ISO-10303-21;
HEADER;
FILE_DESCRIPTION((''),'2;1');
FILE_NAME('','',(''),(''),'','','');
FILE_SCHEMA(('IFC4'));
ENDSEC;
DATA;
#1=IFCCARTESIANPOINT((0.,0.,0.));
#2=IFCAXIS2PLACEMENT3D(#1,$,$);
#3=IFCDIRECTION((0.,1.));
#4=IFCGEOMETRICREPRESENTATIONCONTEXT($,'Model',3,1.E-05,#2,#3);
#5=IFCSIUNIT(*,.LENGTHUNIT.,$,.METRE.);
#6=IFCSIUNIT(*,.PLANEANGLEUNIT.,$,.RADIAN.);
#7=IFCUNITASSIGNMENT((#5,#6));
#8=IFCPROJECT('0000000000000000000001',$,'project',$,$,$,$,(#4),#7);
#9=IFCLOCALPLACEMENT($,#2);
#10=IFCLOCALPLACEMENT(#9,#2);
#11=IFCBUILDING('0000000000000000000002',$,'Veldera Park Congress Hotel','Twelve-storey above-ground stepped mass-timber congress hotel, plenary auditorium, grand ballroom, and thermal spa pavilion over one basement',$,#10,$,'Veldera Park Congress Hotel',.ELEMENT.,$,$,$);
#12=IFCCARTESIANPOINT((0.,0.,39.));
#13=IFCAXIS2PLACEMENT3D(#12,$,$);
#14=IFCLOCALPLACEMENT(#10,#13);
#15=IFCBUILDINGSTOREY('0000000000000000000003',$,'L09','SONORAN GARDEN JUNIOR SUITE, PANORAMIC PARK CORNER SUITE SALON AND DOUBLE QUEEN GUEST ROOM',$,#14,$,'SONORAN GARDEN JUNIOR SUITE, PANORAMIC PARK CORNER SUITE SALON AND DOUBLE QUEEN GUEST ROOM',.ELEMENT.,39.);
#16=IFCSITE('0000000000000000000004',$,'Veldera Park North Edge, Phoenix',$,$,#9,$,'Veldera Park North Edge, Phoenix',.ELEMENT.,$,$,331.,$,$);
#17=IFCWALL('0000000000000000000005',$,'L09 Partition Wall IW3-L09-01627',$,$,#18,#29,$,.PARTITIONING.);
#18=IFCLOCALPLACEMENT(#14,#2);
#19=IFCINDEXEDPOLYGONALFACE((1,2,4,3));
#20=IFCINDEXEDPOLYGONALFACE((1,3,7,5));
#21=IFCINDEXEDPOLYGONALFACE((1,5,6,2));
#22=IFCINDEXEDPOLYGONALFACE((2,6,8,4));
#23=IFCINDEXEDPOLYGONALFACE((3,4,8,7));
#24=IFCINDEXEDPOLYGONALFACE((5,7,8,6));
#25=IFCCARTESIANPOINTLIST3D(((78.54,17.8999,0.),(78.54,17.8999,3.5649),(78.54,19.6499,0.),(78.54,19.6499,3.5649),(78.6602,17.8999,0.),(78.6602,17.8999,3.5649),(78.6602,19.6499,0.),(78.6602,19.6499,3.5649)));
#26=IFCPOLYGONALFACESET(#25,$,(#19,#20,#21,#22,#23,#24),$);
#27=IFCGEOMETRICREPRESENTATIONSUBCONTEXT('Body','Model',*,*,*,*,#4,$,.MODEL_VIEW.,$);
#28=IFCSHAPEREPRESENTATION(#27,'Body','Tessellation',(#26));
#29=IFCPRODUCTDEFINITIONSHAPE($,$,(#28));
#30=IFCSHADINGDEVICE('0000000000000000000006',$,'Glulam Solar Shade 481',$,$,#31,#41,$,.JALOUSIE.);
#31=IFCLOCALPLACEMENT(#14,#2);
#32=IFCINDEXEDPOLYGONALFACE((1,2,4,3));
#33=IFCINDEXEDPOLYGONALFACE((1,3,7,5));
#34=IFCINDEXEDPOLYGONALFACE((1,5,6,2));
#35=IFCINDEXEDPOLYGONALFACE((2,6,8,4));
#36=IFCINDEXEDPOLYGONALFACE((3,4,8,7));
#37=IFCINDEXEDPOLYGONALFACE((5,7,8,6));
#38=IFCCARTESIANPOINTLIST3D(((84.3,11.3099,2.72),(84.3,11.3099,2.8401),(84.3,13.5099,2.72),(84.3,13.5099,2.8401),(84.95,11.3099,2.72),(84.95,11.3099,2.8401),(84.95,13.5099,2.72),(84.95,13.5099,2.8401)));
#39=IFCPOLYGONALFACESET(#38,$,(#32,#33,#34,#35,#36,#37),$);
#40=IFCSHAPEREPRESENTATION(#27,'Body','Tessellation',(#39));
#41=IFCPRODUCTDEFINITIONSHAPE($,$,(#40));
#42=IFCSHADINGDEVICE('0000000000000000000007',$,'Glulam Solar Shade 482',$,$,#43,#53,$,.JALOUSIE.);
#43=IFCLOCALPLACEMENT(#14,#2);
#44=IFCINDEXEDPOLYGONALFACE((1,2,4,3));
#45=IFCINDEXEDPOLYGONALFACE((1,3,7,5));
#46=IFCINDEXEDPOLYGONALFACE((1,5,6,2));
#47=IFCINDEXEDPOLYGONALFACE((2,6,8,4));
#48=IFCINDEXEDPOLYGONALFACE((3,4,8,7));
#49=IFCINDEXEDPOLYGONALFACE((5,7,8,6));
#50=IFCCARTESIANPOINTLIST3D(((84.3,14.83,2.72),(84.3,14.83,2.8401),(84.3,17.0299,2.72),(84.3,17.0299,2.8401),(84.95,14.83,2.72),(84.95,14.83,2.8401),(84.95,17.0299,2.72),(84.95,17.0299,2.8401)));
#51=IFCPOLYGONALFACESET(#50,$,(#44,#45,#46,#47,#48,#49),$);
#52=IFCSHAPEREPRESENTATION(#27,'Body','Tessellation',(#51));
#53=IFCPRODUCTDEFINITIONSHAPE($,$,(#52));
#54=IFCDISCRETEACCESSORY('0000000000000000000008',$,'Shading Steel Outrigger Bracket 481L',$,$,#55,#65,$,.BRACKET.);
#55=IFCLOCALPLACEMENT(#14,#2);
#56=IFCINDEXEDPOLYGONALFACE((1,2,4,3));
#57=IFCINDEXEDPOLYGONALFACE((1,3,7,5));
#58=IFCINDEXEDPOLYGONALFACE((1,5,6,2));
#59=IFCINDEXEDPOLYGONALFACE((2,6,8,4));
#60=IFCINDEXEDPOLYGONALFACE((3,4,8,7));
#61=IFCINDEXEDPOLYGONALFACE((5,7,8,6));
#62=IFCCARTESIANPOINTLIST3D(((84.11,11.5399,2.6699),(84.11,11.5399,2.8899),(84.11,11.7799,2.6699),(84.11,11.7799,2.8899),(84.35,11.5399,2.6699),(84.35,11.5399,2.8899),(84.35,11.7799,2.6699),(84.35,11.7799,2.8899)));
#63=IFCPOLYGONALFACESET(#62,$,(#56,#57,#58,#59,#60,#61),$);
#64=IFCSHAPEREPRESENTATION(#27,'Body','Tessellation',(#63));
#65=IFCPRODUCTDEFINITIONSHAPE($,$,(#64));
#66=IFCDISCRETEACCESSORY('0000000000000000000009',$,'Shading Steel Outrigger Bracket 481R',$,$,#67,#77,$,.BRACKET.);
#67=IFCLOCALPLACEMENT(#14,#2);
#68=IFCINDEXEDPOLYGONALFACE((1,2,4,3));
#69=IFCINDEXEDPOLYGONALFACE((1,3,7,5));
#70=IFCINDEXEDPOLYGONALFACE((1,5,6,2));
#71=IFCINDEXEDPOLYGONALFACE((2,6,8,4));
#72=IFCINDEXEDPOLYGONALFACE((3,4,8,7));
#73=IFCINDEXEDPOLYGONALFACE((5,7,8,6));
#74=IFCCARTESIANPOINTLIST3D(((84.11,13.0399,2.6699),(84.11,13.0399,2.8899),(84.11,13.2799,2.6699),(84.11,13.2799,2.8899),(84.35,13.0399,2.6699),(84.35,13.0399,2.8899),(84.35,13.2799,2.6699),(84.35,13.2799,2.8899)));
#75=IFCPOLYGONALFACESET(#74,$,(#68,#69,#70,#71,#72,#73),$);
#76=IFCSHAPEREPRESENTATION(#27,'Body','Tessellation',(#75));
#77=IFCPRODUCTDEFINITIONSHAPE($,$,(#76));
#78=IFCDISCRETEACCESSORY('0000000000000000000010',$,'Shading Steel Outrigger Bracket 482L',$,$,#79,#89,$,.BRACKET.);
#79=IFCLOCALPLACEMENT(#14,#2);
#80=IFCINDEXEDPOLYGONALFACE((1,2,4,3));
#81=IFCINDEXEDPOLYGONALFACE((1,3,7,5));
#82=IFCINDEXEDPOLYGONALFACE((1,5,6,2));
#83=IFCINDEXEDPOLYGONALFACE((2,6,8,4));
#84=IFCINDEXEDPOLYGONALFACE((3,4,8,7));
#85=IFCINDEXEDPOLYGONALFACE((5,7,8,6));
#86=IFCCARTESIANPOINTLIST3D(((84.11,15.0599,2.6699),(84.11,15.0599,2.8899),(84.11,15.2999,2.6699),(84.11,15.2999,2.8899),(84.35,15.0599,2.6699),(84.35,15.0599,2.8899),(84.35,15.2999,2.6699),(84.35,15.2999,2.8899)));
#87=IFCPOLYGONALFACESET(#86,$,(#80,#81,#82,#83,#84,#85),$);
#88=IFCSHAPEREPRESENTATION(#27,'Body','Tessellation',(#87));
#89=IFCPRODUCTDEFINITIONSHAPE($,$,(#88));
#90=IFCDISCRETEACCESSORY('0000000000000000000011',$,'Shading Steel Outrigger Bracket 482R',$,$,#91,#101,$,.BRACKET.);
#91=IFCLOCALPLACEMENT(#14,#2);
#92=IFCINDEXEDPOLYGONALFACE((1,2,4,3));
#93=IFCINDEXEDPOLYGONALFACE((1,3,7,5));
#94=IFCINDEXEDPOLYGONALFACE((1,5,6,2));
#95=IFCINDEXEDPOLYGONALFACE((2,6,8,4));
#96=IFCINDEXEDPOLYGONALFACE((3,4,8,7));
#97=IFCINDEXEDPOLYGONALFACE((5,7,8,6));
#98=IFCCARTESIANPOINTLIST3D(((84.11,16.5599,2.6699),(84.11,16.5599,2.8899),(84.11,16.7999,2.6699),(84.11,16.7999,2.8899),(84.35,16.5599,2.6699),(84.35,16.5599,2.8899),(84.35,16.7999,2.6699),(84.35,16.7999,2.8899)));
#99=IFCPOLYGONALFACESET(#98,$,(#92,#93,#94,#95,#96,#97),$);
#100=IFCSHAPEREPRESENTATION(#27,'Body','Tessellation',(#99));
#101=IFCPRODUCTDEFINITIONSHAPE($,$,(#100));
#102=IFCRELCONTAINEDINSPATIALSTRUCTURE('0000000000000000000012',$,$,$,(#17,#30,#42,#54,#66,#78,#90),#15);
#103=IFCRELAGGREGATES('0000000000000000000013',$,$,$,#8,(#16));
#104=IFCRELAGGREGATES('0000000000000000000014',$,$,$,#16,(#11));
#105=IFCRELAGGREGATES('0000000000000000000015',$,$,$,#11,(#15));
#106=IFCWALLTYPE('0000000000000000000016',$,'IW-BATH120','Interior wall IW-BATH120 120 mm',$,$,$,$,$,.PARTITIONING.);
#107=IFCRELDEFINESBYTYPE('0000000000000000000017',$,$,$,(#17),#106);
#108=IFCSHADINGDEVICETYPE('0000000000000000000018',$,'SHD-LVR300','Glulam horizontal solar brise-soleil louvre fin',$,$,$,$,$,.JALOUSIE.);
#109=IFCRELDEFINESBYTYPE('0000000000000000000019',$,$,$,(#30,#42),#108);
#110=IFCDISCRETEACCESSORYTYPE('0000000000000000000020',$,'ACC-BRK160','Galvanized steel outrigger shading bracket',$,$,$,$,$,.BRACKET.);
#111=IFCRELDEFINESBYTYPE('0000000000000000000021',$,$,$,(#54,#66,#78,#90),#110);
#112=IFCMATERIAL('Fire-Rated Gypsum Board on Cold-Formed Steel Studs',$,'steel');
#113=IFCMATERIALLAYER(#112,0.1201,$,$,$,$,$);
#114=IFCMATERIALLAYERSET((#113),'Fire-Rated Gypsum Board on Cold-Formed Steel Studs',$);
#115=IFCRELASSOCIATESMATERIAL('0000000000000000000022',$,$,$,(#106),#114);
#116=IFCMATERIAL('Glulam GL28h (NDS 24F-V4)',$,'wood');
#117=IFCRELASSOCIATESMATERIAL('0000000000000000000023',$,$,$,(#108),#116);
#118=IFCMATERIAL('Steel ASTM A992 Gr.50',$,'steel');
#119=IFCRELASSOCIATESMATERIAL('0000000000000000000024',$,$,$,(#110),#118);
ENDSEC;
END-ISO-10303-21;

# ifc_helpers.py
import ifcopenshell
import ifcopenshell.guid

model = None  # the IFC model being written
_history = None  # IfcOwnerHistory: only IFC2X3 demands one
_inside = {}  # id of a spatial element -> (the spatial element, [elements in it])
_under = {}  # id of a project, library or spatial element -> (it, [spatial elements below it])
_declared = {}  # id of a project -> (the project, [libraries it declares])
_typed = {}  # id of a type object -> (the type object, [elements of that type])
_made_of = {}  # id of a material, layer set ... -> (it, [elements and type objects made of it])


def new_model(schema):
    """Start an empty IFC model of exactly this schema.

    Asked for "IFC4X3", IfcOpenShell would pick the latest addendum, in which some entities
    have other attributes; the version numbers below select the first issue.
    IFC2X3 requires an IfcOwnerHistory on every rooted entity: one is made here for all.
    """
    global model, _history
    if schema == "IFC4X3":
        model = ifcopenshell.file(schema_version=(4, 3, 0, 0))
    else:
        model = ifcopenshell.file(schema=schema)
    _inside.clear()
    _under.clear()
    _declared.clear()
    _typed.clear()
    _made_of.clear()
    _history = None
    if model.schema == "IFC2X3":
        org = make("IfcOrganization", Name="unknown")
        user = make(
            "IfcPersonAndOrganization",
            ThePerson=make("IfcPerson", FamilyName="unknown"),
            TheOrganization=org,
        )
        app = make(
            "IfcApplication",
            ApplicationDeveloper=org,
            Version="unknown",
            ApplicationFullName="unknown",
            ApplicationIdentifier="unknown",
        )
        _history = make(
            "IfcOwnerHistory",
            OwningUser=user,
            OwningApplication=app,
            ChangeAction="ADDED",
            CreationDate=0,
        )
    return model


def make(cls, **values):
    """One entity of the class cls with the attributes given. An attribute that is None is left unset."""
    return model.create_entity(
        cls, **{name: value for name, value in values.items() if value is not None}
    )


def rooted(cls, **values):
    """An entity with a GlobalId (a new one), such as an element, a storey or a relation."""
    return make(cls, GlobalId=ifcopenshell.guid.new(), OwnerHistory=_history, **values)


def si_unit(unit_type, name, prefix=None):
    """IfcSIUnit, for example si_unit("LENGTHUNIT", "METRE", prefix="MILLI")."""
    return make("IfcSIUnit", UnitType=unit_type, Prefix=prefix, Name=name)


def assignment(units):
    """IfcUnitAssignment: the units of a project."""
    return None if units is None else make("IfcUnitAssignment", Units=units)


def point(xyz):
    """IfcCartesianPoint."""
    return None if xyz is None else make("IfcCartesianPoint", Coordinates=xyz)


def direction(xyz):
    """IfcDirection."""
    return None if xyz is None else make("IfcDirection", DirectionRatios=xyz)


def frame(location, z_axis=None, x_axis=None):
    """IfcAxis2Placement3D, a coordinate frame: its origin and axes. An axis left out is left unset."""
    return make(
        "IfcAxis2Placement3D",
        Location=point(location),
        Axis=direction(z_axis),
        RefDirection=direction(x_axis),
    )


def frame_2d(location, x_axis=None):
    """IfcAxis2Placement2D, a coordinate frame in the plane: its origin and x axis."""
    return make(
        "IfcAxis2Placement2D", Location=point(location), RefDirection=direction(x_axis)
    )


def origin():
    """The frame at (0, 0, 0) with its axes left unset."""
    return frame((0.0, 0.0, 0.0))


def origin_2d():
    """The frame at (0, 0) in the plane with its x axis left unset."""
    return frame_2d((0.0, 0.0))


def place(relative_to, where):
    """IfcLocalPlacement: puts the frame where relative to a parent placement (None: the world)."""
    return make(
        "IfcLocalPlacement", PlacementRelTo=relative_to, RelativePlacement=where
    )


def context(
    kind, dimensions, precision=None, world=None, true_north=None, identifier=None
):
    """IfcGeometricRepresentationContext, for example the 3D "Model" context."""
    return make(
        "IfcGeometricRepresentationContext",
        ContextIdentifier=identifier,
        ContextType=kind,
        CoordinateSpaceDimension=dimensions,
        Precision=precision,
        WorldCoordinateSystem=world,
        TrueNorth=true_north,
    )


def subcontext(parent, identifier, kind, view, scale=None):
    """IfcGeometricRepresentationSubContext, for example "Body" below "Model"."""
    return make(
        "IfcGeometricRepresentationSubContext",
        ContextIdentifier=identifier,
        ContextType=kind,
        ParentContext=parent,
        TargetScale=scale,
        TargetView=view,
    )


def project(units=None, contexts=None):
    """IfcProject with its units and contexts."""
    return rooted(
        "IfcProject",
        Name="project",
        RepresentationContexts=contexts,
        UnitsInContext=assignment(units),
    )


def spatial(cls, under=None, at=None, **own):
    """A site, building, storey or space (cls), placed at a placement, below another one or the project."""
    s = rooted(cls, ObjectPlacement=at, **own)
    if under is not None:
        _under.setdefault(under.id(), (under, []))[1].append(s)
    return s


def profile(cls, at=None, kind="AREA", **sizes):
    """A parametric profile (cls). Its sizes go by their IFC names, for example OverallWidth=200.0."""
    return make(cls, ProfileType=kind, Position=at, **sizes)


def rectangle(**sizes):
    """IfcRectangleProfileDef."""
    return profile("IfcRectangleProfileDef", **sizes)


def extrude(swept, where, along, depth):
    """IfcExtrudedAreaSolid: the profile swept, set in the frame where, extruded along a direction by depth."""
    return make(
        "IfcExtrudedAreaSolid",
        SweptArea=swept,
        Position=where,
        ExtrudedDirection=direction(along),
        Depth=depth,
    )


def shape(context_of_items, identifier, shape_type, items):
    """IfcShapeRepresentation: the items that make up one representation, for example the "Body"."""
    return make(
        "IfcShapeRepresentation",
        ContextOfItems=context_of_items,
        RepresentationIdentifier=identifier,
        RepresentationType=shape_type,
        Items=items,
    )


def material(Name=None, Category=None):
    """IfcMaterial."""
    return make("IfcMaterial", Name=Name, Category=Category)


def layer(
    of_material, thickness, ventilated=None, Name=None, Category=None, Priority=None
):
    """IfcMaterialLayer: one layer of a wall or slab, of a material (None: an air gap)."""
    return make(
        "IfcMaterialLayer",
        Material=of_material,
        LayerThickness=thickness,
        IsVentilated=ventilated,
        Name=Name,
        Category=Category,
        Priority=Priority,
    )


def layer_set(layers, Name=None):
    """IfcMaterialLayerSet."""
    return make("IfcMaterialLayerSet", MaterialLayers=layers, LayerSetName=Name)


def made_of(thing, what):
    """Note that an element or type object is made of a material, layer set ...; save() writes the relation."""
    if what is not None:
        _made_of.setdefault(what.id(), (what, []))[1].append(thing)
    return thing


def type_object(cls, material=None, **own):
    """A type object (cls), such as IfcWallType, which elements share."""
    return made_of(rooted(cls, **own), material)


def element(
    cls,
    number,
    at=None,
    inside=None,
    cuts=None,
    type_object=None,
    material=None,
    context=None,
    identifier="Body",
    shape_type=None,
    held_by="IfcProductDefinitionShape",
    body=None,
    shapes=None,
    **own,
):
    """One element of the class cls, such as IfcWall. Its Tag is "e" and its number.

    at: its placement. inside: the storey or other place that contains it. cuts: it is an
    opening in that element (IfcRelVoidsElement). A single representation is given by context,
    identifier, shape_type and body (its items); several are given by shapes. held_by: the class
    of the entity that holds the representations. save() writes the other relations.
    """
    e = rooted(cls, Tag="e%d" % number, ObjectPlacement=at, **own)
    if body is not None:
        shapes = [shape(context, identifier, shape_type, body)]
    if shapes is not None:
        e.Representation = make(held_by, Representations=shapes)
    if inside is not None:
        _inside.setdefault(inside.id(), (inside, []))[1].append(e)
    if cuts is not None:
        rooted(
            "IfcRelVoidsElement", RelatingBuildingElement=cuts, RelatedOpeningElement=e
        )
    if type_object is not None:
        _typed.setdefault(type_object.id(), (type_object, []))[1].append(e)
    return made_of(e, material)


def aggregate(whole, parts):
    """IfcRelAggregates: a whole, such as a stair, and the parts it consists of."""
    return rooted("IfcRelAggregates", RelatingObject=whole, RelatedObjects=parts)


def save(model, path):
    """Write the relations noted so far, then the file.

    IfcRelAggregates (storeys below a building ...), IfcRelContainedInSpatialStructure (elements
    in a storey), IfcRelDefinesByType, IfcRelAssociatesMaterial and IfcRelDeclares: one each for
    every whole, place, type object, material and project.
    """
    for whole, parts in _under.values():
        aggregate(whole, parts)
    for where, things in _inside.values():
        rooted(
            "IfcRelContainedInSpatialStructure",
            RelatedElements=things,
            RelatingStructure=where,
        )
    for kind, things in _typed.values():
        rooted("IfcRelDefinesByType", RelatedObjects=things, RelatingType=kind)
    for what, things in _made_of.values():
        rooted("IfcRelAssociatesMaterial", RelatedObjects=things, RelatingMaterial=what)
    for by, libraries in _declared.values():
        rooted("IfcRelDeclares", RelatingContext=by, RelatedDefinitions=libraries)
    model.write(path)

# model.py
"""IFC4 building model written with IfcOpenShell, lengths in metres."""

from ifc_helpers import new_model, si_unit, direction, frame, frame_2d, origin, origin_2d, place, context, subcontext, project, spatial, rectangle, extrude, material, layer, layer_set, type_object, element, save


model = new_model("IFC4")

# Units and contexts
model_context = context("Model", 3, precision=1e-05, world=origin(), true_north=direction((0.0, 1.0)))
body_context = subcontext(model_context, "Body", "Model", "MODEL_VIEW")
ifc_project = project(units=[si_unit("LENGTHUNIT", "METRE"), si_unit("PLANEANGLEUNIT", "RADIAN")], contexts=[model_context])

# Site, building, storey
site_placement = place(None, origin())
site = spatial("IfcSite", under=ifc_project, at=site_placement, Name="Veldera Park North Edge, Phoenix", LongName="Veldera Park North Edge, Phoenix", CompositionType="ELEMENT", RefElevation=331.0)
building_placement = place(site_placement, origin())
building = spatial("IfcBuilding", under=site, at=building_placement, Name="Veldera Park Congress Hotel", Description="Twelve-storey above-ground stepped mass-timber congress hotel, plenary auditorium, grand ballroom, and thermal spa pavilion over one basement", LongName="Veldera Park Congress Hotel", CompositionType="ELEMENT")
storey_placement = place(building_placement, frame((0.0, 0.0, 39.0)))
storey = spatial("IfcBuildingStorey", under=building, at=storey_placement, Name="L09", Description="SONORAN GARDEN JUNIOR SUITE, PANORAMIC PARK CORNER SUITE SALON AND DOUBLE QUEEN GUEST ROOM", LongName="SONORAN GARDEN JUNIOR SUITE, PANORAMIC PARK CORNER SUITE SALON AND DOUBLE QUEEN GUEST ROOM", CompositionType="ELEMENT", Elevation=39.0)

# Shared definitions
ifc_material_1 = material(Name="Glulam GL28h (NDS 24F-V4)", Category="wood")

# Wall
ifc_material_2 = material(Name="Fire-Rated Gypsum Board on Cold-Formed Steel Studs", Category="steel")
ifc_layer_1 = layer(ifc_material_2, 0.1201)
ifc_layer_set_1 = layer_set([ifc_layer_1], Name="Fire-Rated Gypsum Board on Cold-Formed Steel Studs")
wall_type_1 = type_object("IfcWallType", Name="IW-BATH120", Description="Interior wall IW-BATH120 120 mm", PredefinedType="PARTITIONING", material=ifc_layer_set_1)
wall_1_placement = place(storey_placement, frame((78.6001, 17.8999, 0.0), z_axis=(0.0, 0.0, 1.0), x_axis=(0.0, 1.0, 0.0)))
element("IfcWall", 1, at=wall_1_placement, inside=storey, type_object=wall_type_1, Name="L09 Partition Wall IW3-L09-01627", PredefinedType="PARTITIONING", context=body_context, shape_type="SweptSolid", body=[
    extrude(rectangle(XDim=1.75, YDim=0.1201, at=frame_2d((0.875, 0.0))), origin(), (0.0, 0.0, 1.0), 3.5649),
])

# Shading devices
shading_device_type = type_object("IfcShadingDeviceType", Name="SHD-LVR300", Description="Glulam horizontal solar brise-soleil louvre fin", PredefinedType="JALOUSIE", material=ifc_material_1)
for number, where, z_axis, x_axis, name in (
    (2, (84.625, 12.4099, 2.72), (0.0, 0.0, 1.0), (0.0, 1.0, 0.0), "Glulam Solar Shade 481"),
    (3, (84.625, 15.9299, 2.72), (0.0, 0.0, 1.0), (0.0, 1.0, 0.0), "Glulam Solar Shade 482"),
):
    element("IfcShadingDevice", number, at=place(storey_placement, frame(where, z_axis=z_axis, x_axis=x_axis)), inside=storey, type_object=shading_device_type, Name=name, PredefinedType="JALOUSIE", context=body_context, shape_type="SweptSolid", body=[
        extrude(rectangle(XDim=2.2, YDim=0.6499, at=origin_2d()), origin(), (0.0, 0.0, 1.0), 0.1201),
    ])

# Discrete accessories
ifc_material_3 = material(Name="Steel ASTM A992 Gr.50", Category="steel")
discrete_accessory_type = type_object("IfcDiscreteAccessoryType", Name="ACC-BRK160", Description="Galvanized steel outrigger shading bracket", PredefinedType="BRACKET", material=ifc_material_3)
for number, where, z_axis, x_axis, name in (
    (4, (84.23, 11.6599, 2.6699), (0.0, 0.0, 1.0), (0.0, 1.0, 0.0), "Shading Steel Outrigger Bracket 481L"),
    (5, (84.23, 13.1599, 2.6699), (0.0, 0.0, 1.0), (0.0, 1.0, 0.0), "Shading Steel Outrigger Bracket 481R"),
    (6, (84.23, 15.1799, 2.6699), (0.0, 0.0, 1.0), (0.0, 1.0, 0.0), "Shading Steel Outrigger Bracket 482L"),
    (7, (84.23, 16.6799, 2.6699), (0.0, 0.0, 1.0), (0.0, 1.0, 0.0), "Shading Steel Outrigger Bracket 482R"),
):
    element("IfcDiscreteAccessory", number, at=place(storey_placement, frame(where, z_axis=z_axis, x_axis=x_axis)), inside=storey, type_object=discrete_accessory_type, Name=name, PredefinedType="BRACKET", context=body_context, shape_type="SweptSolid", body=[
        extrude(rectangle(XDim=0.24, YDim=0.24, at=origin_2d()), origin(), (0.0, 0.0, 1.0), 0.22),
    ])

save(model, "model.ifc")
